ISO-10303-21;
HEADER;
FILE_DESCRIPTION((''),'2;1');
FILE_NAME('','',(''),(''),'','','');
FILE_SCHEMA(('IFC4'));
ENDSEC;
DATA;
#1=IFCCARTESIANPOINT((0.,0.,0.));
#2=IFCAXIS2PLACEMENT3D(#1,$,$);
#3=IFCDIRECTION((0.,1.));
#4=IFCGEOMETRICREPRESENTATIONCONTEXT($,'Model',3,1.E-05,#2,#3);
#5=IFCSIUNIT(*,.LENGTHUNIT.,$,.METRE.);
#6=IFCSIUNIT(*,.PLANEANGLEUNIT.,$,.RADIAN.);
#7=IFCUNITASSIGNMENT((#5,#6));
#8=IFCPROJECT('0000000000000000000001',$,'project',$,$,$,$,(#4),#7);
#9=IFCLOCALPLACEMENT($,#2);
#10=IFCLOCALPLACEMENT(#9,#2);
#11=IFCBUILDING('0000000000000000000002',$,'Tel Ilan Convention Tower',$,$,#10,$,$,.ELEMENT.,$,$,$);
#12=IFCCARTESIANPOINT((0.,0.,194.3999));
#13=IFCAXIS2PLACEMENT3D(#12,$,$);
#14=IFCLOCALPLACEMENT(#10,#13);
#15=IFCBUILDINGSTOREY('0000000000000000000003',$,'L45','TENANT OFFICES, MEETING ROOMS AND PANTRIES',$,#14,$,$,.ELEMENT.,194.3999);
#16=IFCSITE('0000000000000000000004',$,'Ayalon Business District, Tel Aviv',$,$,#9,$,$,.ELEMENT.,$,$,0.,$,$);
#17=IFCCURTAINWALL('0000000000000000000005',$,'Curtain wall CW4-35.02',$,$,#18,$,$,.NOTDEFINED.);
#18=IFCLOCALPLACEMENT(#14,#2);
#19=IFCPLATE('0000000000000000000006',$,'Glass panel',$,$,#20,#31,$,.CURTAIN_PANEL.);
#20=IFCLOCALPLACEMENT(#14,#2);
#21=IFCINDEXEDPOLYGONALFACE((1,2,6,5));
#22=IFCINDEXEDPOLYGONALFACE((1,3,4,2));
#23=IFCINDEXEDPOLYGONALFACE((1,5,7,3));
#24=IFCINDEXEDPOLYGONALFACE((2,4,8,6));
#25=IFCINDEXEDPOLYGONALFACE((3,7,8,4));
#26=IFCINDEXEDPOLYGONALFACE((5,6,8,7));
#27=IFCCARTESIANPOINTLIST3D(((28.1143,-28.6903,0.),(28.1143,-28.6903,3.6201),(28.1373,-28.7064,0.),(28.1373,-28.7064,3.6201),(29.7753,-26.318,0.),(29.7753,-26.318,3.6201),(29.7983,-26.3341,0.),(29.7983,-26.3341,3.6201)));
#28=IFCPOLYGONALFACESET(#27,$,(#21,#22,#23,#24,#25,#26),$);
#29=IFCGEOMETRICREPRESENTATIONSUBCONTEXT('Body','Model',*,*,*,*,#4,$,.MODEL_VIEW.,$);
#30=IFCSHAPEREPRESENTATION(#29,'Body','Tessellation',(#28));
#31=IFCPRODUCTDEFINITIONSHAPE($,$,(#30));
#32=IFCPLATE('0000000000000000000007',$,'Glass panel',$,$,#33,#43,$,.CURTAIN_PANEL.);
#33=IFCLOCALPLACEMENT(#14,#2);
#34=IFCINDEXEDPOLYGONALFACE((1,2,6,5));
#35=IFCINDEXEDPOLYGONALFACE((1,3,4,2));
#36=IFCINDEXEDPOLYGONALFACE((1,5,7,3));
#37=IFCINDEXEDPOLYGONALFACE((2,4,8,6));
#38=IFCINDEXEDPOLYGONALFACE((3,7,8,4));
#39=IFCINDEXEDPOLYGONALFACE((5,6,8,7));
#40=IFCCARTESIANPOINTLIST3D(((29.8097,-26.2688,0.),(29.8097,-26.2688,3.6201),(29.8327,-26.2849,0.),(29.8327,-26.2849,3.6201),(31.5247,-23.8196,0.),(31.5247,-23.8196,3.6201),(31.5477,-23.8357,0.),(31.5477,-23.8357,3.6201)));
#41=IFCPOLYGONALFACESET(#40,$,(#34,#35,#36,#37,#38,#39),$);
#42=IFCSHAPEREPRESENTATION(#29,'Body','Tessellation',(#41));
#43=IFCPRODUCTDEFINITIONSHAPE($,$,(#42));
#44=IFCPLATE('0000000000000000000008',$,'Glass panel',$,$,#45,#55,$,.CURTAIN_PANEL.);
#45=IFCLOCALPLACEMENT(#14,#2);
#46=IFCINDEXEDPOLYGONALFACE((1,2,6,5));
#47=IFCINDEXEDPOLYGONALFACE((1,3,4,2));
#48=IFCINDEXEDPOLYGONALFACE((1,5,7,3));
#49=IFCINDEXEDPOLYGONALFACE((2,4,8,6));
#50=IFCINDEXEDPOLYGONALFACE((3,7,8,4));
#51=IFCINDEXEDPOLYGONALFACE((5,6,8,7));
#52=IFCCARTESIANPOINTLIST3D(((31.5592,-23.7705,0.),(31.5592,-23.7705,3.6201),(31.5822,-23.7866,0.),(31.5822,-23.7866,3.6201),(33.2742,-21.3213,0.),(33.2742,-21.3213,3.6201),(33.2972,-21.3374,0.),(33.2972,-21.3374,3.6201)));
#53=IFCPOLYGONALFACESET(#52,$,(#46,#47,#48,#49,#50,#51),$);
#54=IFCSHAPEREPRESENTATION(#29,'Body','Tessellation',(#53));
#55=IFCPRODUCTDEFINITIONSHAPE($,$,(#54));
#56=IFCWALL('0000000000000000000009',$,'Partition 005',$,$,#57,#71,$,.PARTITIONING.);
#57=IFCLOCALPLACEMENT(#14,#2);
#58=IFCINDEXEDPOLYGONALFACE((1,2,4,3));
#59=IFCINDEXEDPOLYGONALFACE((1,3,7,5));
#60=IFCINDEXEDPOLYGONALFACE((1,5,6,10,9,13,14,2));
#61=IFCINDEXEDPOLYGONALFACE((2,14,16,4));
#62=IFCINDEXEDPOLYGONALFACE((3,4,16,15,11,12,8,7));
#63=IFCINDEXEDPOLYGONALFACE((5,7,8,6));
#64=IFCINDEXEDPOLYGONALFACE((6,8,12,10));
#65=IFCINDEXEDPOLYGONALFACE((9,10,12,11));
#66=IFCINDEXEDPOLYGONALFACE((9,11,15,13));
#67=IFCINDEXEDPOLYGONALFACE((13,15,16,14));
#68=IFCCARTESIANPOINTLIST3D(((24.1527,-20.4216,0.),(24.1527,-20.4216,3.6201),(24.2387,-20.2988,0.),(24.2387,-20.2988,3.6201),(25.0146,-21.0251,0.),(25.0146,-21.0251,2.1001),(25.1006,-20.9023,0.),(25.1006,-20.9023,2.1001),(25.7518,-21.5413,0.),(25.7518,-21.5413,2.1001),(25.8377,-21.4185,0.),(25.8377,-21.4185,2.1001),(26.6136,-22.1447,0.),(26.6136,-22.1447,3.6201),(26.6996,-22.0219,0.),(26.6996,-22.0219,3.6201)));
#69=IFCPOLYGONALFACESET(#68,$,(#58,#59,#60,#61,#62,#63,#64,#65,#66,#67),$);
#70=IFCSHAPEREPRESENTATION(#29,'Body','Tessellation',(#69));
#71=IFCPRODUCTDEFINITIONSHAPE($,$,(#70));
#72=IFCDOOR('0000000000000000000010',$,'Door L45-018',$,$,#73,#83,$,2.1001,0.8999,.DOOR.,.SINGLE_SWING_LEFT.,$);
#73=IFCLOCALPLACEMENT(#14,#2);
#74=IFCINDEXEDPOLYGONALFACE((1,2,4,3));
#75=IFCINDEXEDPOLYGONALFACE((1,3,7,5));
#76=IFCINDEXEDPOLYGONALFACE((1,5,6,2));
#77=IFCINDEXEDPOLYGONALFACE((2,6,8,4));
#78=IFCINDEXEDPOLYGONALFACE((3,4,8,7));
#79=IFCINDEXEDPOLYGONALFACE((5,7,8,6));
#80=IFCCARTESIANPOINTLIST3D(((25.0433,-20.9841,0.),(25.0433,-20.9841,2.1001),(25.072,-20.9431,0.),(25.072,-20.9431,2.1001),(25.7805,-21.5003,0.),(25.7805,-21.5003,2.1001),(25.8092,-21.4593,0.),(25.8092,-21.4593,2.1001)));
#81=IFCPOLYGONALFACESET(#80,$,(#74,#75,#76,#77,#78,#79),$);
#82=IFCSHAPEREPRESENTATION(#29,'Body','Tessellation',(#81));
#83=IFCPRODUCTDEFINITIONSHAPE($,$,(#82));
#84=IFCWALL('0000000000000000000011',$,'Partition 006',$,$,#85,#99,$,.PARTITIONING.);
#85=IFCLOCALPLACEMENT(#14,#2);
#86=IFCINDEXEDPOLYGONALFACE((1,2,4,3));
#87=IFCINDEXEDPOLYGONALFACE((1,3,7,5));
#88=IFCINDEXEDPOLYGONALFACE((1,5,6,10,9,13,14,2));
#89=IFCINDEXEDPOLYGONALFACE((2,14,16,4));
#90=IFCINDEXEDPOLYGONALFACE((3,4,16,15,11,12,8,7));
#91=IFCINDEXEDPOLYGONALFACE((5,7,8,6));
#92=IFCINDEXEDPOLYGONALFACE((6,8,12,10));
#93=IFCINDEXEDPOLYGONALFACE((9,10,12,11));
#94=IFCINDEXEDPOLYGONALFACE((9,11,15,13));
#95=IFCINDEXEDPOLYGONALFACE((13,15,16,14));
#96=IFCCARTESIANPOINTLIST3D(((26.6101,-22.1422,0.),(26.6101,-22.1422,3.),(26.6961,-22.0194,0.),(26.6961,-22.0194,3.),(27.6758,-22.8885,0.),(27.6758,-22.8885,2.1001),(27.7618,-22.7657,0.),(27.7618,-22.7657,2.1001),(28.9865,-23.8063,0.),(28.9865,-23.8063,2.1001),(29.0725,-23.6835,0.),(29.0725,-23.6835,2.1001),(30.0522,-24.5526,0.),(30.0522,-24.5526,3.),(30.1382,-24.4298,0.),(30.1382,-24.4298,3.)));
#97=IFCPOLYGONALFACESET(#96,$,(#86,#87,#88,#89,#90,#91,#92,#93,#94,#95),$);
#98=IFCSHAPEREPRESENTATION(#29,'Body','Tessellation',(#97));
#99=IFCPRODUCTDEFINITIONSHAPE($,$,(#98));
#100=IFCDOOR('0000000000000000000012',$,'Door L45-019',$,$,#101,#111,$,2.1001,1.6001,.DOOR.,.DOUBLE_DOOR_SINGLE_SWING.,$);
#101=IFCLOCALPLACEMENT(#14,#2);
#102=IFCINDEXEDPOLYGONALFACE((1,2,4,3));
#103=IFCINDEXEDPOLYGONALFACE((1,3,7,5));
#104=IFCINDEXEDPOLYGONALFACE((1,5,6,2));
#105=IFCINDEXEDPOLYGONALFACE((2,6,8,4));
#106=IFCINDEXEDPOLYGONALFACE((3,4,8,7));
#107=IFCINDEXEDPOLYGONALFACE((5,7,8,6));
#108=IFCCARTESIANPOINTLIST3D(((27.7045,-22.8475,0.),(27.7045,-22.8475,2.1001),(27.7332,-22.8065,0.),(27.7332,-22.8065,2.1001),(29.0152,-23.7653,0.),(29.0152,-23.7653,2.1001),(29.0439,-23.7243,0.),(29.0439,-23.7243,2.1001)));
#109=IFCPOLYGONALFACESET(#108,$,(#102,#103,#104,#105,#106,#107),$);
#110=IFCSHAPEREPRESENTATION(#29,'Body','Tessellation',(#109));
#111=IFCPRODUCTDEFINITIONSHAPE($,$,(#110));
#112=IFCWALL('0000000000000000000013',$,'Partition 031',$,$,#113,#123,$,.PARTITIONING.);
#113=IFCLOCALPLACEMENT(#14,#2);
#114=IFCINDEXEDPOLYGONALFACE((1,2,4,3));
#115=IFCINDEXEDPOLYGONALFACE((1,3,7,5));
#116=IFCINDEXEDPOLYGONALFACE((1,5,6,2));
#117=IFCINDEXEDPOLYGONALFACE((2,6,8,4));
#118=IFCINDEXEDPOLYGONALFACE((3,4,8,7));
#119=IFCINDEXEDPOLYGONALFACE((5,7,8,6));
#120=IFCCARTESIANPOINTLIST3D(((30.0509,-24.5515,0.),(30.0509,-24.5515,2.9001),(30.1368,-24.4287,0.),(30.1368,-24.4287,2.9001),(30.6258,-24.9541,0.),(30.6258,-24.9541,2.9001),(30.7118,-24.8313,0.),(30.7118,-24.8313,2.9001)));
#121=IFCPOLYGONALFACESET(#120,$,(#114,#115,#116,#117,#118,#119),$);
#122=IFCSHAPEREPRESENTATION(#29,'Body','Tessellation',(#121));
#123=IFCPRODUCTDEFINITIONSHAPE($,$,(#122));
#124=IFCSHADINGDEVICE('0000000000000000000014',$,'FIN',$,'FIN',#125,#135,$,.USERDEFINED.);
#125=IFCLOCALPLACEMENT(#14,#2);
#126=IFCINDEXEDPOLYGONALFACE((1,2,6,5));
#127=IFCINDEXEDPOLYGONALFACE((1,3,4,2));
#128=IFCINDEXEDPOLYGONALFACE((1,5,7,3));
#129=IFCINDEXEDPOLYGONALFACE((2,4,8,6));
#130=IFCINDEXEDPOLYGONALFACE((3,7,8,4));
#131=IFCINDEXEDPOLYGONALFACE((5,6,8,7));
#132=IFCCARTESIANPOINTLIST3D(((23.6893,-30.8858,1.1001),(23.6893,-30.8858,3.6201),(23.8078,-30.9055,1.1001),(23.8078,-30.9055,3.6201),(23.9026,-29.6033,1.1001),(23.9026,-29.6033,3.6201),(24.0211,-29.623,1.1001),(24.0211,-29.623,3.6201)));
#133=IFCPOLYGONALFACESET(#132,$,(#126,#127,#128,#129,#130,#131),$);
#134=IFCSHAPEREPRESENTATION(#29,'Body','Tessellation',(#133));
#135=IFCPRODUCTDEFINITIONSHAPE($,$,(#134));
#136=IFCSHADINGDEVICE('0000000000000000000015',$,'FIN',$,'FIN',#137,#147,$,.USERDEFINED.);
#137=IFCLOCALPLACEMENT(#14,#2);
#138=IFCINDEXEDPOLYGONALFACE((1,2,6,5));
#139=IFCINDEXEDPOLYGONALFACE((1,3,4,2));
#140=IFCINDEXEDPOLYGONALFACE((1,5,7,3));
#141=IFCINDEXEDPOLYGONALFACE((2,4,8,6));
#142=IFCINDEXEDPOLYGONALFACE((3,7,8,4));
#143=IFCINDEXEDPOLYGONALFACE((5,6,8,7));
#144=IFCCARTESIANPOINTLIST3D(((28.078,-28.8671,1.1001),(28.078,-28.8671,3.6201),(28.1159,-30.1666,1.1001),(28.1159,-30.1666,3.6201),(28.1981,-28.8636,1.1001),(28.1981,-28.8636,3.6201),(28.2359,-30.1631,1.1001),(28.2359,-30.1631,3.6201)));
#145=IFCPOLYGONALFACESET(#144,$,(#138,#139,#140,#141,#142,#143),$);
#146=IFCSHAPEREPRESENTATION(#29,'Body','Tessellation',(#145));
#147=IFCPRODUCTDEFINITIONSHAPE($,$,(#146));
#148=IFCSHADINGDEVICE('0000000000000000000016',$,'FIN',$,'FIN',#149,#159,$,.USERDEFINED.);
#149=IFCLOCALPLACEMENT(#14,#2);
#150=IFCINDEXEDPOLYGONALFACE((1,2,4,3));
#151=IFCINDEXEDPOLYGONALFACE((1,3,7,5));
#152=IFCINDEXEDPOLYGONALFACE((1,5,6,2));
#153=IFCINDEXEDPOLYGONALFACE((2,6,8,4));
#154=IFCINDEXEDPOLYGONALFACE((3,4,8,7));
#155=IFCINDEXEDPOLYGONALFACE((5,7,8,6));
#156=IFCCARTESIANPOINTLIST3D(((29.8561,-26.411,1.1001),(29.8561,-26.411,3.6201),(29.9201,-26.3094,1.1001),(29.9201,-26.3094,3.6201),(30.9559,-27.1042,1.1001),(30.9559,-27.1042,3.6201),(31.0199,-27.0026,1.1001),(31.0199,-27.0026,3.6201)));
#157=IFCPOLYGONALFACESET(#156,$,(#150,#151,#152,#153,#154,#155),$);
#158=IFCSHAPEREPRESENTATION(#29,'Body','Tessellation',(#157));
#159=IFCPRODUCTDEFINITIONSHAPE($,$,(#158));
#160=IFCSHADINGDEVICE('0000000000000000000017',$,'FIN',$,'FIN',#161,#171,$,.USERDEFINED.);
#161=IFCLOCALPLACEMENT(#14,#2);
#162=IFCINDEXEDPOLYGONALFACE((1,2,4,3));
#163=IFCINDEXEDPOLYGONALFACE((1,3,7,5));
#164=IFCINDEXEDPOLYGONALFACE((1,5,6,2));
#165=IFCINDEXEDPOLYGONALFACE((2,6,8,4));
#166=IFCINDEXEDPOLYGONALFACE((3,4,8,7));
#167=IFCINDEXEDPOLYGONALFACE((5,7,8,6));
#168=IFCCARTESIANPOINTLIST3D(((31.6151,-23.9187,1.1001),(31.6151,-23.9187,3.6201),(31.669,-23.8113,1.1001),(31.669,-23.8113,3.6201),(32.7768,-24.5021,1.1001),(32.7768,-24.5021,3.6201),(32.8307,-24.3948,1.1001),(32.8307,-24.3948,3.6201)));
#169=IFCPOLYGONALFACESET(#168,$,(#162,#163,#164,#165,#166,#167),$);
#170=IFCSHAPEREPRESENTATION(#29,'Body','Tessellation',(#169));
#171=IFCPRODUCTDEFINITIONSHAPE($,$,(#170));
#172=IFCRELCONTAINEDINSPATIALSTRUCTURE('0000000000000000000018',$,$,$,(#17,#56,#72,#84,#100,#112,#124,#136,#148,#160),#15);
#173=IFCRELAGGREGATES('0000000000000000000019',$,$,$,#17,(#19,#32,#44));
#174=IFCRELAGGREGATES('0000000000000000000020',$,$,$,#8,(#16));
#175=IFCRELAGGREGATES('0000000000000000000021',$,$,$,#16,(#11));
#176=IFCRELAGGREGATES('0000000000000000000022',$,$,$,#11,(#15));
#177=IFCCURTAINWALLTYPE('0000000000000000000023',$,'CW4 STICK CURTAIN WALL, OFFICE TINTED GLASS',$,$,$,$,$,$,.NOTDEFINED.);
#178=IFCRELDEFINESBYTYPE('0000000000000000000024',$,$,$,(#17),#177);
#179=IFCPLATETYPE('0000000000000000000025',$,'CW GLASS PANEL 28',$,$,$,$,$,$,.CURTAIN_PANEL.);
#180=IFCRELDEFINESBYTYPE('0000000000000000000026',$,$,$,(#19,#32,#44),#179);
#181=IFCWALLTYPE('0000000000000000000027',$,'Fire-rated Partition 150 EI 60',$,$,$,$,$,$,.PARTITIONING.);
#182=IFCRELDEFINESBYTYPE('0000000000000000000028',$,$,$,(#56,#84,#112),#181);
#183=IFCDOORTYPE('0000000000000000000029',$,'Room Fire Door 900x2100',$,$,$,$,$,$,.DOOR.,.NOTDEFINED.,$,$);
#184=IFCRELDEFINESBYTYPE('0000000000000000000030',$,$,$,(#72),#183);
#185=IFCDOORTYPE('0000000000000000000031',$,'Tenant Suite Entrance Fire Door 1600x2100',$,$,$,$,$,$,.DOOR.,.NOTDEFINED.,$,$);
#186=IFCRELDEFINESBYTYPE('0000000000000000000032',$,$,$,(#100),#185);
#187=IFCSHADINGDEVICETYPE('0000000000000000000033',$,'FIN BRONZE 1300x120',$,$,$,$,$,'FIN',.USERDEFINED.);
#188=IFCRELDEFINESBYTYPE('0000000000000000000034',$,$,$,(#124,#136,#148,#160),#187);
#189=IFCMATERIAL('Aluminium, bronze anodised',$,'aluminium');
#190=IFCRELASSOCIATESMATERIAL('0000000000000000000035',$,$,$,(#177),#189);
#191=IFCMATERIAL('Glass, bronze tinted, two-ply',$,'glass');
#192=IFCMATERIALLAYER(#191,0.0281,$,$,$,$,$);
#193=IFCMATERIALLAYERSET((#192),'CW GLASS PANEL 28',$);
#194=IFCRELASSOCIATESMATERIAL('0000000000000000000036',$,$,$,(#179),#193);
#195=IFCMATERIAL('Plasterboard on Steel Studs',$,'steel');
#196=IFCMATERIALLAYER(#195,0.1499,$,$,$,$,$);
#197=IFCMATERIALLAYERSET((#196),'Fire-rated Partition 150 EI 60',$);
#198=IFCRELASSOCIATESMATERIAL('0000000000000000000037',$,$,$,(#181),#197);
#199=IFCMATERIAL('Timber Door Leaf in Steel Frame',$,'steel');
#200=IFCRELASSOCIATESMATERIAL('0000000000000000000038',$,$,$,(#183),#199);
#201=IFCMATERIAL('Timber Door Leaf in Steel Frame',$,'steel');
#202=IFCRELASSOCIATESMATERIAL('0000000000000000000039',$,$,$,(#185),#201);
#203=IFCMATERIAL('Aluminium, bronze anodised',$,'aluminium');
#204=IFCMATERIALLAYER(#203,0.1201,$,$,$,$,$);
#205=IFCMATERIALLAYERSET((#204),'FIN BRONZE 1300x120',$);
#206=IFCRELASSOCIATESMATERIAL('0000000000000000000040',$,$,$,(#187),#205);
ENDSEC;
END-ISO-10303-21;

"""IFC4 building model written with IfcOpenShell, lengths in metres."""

from ifc_helpers import new_model, si_unit, direction, frame, frame_2d, origin, origin_2d, place, context, subcontext, project, spatial, rectangle, extrude, material, layer, layer_set, type_object, element, fill, aggregate, save


model = new_model("IFC4")

# Units and contexts
model_context = context("Model", 3, precision=1e-05, world=origin(), true_north=direction((0.0, 1.0)))
body_context = subcontext(model_context, "Body", "Model", "MODEL_VIEW")
ifc_project = project(units=[si_unit("LENGTHUNIT", "METRE"), si_unit("PLANEANGLEUNIT", "RADIAN")], contexts=[model_context])

# Site, building, storey
site_placement = place(None, origin())
site = spatial("IfcSite", under=ifc_project, at=site_placement, Name="Ayalon Business District, Tel Aviv", CompositionType="ELEMENT", RefElevation=0.0)
building_placement = place(site_placement, origin())
building = spatial("IfcBuilding", under=site, at=building_placement, Name="Tel Ilan Convention Tower", CompositionType="ELEMENT")
storey_placement = place(building_placement, frame((0.0, 0.0, 194.3999)))
storey = spatial("IfcBuildingStorey", under=building, at=storey_placement, Name="L45", Description="TENANT OFFICES, MEETING ROOMS AND PANTRIES", CompositionType="ELEMENT", Elevation=194.3999)

# Curtain wall, plates
ifc_material_1 = material(Name="Aluminium, bronze anodised", Category="aluminium")
curtain_wall_type = type_object("IfcCurtainWallType", Name="CW4 STICK CURTAIN WALL, OFFICE TINTED GLASS", PredefinedType="NOTDEFINED", material=ifc_material_1)
curtain_wall_placement = place(storey_placement, origin())
curtain_wall = element("IfcCurtainWall", 1, at=curtain_wall_placement, inside=storey, type_object=curtain_wall_type, Name="Curtain wall CW4-35.02", PredefinedType="NOTDEFINED")
ifc_material_2 = material(Name="Glass, bronze tinted, two-ply", Category="glass")
ifc_layer_1 = layer(ifc_material_2, 0.0281)
ifc_layer_set_1 = layer_set([ifc_layer_1], Name="CW GLASS PANEL 28")
plate_type = type_object("IfcPlateType", Name="CW GLASS PANEL 28", PredefinedType="CURTAIN_PANEL", material=ifc_layer_set_1)
plate_1_placement = place(storey_placement, frame((28.9563, -27.5122, 0.0), z_axis=(0.0, 0.0, 1.0), x_axis=(0.573576, 0.819152, 0.0)))
plate_1 = element("IfcPlate", 2, at=plate_1_placement, type_object=plate_type, Name="Glass panel", PredefinedType="CURTAIN_PANEL", context=body_context, shape_type="SweptSolid", body=[
    extrude(rectangle(XDim=2.896, YDim=0.0281, at=origin_2d()), origin(), (0.0, 0.0, 1.0), 3.6201),
])
plate_2_placement = place(storey_placement, frame((30.6787, -25.0522, 0.0), z_axis=(0.0, 0.0, 1.0), x_axis=(0.573576, 0.819152, 0.0)))
plate_2 = element("IfcPlate", 3, at=plate_2_placement, type_object=plate_type, Name="Glass panel", PredefinedType="CURTAIN_PANEL", context=body_context, shape_type="SweptSolid", body=[
    extrude(rectangle(XDim=2.99, YDim=0.0281, at=origin_2d()), origin(), (0.0, 0.0, 1.0), 3.6201),
])
plate_3_placement = place(storey_placement, frame((32.4282, -22.554, 0.0), z_axis=(0.0, 0.0, 1.0), x_axis=(0.573576, 0.819152, 0.0)))
plate_3 = element("IfcPlate", 4, at=plate_3_placement, type_object=plate_type, Name="Glass panel", PredefinedType="CURTAIN_PANEL", context=body_context, shape_type="SweptSolid", body=[
    extrude(rectangle(XDim=2.99, YDim=0.0281, at=origin_2d()), origin(), (0.0, 0.0, 1.0), 3.6201),
])
aggregate(curtain_wall, [plate_1, plate_2, plate_3])

# Walls, openings, doors
ifc_material_3 = material(Name="Plasterboard on Steel Studs", Category="steel")
ifc_layer_2 = layer(ifc_material_3, 0.1499)
ifc_layer_set_2 = layer_set([ifc_layer_2], Name="Fire-rated Partition 150 EI 60")
wall_type = type_object("IfcWallType", Name="Fire-rated Partition 150 EI 60", PredefinedType="PARTITIONING", material=ifc_layer_set_2)
wall_1_placement = place(storey_placement, frame((26.6565, -22.0833, 0.0), z_axis=(0.0, 0.0, 1.0), x_axis=(-0.819156, 0.573571, 0.0)))
wall_1 = element("IfcWall", 5, at=wall_1_placement, inside=storey, type_object=wall_type, Name="Partition 005", PredefinedType="PARTITIONING", context=body_context, shape_type="SweptSolid", body=[
    extrude(rectangle(XDim=3.0042, YDim=0.1499, at=frame_2d((1.502, 0.0))), origin(), (0.0, 0.0, 1.0), 3.6201),
])
opening_1_placement = place(wall_1_placement, frame((1.052, 0.0, 0.0)))
opening_1 = element("IfcOpeningElement", 6, at=opening_1_placement, cuts=wall_1, PredefinedType="OPENING", context=body_context, shape_type="SweptSolid", body=[
    extrude(rectangle(XDim=0.8999, YDim=2.1001, at=frame_2d((0.45, 1.05))), frame((0.0, 0.085, 0.0), z_axis=(0.0, -1.0, 0.0), x_axis=(1.0, 0.0, 0.0)), (0.0, 0.0, 1.0), 0.1699),
])
ifc_material_4 = material(Name="Timber Door Leaf in Steel Frame", Category="steel")
door_type_1 = type_object("IfcDoorType", Name="Room Fire Door 900x2100", OperationType="NOTDEFINED", PredefinedType="DOOR", material=ifc_material_4)
door_1_placement = place(opening_1_placement, origin())
door_1 = element("IfcDoor", 7, at=door_1_placement, inside=storey, type_object=door_type_1, Name="Door L45-018", OperationType="SINGLE_SWING_LEFT", OverallHeight=2.1001, OverallWidth=0.8999, PredefinedType="DOOR", context=body_context, shape_type="SweptSolid", body=[
    extrude(rectangle(XDim=0.8999, YDim=2.1001, at=frame_2d((0.45, 1.05))), frame((0.0, 0.0249, 0.0), z_axis=(0.0, -1.0, 0.0), x_axis=(1.0, 0.0, 0.0)), (0.0, 0.0, 1.0), 0.05),
])
fill(opening_1, door_1)
wall_2_placement = place(storey_placement, frame((30.0952, -24.4912, 0.0), z_axis=(0.0, 0.0, 1.0), x_axis=(-0.819131, 0.573607, 0.0)))
wall_2 = element("IfcWall", 8, at=wall_2_placement, inside=storey, type_object=wall_type, Name="Partition 006", PredefinedType="PARTITIONING", context=body_context, shape_type="SweptSolid", body=[
    extrude(rectangle(XDim=4.2021, YDim=0.1499, at=frame_2d((2.1011, 0.0))), origin(), (0.0, 0.0, 1.0), 3.0),
])
opening_2_placement = place(wall_2_placement, frame((1.301, 0.0, 0.0)))
opening_2 = element("IfcOpeningElement", 9, at=opening_2_placement, cuts=wall_2, PredefinedType="OPENING", context=body_context, shape_type="SweptSolid", body=[
    extrude(rectangle(XDim=1.6001, YDim=2.1001, at=frame_2d((0.8, 1.05))), frame((0.0, 0.085, 0.0), z_axis=(0.0, -1.0, 0.0), x_axis=(1.0, 0.0, 0.0)), (0.0, 0.0, 1.0), 0.1699),
])
ifc_material_5 = material(Name="Timber Door Leaf in Steel Frame", Category="steel")
door_type_2 = type_object("IfcDoorType", Name="Tenant Suite Entrance Fire Door 1600x2100", OperationType="NOTDEFINED", PredefinedType="DOOR", material=ifc_material_5)
door_2_placement = place(opening_2_placement, origin())
door_2 = element("IfcDoor", 10, at=door_2_placement, inside=storey, type_object=door_type_2, Name="Door L45-019", OperationType="DOUBLE_DOOR_SINGLE_SWING", OverallHeight=2.1001, OverallWidth=1.6001, PredefinedType="DOOR", context=body_context, shape_type="SweptSolid", body=[
    extrude(rectangle(XDim=1.6001, YDim=2.1001, at=frame_2d((0.8, 1.05))), frame((0.0, 0.0249, 0.0), z_axis=(0.0, -1.0, 0.0), x_axis=(1.0, 0.0, 0.0)), (0.0, 0.0, 1.0), 0.05),
])
fill(opening_2, door_2)

# Wall
wall_3_placement = place(storey_placement, frame((30.0938, -24.49, 0.0), z_axis=(0.0, 0.0, 1.0), x_axis=(0.81915, -0.573579, 0.0)))
element("IfcWall", 11, at=wall_3_placement, inside=storey, type_object=wall_type, Name="Partition 031", PredefinedType="PARTITIONING", context=body_context, shape_type="SweptSolid", body=[
    extrude(rectangle(XDim=0.7019, YDim=0.1499, at=frame_2d((0.3511, 0.0))), origin(), (0.0, 0.0, 1.0), 2.9001),
])

# Shading devices
ifc_material_6 = material(Name="Aluminium, bronze anodised", Category="aluminium")
ifc_layer_3 = layer(ifc_material_6, 0.1201)
ifc_layer_set_3 = layer_set([ifc_layer_3], Name="FIN BRONZE 1300x120")
shading_device_type = type_object("IfcShadingDeviceType", Name="FIN BRONZE 1300x120", ElementType="FIN", PredefinedType="USERDEFINED", material=ifc_layer_set_3)
for number, where, z_axis, x_axis, name in (
    (12, (23.8552, -30.2544, 1.1001), (0.0, 0.0, 1.0), (-0.164091, -0.986445, 0.0), "FIN"),
    (13, (28.157, -29.5151, 1.1001), (0.0, 0.0, 1.0), (0.029085, -0.999577, 0.0), "FIN"),
    (14, (30.438, -26.7068, 1.1001), (0.0, 0.0, 1.0), (0.845986, -0.533204, 0.0), "FIN"),
    (15, (32.2229, -24.1567, 1.1001), (0.0, 0.0, 1.0), (0.893633, -0.448799, 0.0), "FIN"),
):
    element("IfcShadingDevice", number, at=place(storey_placement, frame(where, z_axis=z_axis, x_axis=x_axis)), inside=storey, type_object=shading_device_type, Name=name, ObjectType="FIN", PredefinedType="USERDEFINED", context=body_context, shape_type="SweptSolid", body=[
        extrude(rectangle(XDim=1.3, YDim=0.1201, at=origin_2d()), origin(), (0.0, 0.0, 1.0), 2.52),
    ])

save(model, "model.ifc")
